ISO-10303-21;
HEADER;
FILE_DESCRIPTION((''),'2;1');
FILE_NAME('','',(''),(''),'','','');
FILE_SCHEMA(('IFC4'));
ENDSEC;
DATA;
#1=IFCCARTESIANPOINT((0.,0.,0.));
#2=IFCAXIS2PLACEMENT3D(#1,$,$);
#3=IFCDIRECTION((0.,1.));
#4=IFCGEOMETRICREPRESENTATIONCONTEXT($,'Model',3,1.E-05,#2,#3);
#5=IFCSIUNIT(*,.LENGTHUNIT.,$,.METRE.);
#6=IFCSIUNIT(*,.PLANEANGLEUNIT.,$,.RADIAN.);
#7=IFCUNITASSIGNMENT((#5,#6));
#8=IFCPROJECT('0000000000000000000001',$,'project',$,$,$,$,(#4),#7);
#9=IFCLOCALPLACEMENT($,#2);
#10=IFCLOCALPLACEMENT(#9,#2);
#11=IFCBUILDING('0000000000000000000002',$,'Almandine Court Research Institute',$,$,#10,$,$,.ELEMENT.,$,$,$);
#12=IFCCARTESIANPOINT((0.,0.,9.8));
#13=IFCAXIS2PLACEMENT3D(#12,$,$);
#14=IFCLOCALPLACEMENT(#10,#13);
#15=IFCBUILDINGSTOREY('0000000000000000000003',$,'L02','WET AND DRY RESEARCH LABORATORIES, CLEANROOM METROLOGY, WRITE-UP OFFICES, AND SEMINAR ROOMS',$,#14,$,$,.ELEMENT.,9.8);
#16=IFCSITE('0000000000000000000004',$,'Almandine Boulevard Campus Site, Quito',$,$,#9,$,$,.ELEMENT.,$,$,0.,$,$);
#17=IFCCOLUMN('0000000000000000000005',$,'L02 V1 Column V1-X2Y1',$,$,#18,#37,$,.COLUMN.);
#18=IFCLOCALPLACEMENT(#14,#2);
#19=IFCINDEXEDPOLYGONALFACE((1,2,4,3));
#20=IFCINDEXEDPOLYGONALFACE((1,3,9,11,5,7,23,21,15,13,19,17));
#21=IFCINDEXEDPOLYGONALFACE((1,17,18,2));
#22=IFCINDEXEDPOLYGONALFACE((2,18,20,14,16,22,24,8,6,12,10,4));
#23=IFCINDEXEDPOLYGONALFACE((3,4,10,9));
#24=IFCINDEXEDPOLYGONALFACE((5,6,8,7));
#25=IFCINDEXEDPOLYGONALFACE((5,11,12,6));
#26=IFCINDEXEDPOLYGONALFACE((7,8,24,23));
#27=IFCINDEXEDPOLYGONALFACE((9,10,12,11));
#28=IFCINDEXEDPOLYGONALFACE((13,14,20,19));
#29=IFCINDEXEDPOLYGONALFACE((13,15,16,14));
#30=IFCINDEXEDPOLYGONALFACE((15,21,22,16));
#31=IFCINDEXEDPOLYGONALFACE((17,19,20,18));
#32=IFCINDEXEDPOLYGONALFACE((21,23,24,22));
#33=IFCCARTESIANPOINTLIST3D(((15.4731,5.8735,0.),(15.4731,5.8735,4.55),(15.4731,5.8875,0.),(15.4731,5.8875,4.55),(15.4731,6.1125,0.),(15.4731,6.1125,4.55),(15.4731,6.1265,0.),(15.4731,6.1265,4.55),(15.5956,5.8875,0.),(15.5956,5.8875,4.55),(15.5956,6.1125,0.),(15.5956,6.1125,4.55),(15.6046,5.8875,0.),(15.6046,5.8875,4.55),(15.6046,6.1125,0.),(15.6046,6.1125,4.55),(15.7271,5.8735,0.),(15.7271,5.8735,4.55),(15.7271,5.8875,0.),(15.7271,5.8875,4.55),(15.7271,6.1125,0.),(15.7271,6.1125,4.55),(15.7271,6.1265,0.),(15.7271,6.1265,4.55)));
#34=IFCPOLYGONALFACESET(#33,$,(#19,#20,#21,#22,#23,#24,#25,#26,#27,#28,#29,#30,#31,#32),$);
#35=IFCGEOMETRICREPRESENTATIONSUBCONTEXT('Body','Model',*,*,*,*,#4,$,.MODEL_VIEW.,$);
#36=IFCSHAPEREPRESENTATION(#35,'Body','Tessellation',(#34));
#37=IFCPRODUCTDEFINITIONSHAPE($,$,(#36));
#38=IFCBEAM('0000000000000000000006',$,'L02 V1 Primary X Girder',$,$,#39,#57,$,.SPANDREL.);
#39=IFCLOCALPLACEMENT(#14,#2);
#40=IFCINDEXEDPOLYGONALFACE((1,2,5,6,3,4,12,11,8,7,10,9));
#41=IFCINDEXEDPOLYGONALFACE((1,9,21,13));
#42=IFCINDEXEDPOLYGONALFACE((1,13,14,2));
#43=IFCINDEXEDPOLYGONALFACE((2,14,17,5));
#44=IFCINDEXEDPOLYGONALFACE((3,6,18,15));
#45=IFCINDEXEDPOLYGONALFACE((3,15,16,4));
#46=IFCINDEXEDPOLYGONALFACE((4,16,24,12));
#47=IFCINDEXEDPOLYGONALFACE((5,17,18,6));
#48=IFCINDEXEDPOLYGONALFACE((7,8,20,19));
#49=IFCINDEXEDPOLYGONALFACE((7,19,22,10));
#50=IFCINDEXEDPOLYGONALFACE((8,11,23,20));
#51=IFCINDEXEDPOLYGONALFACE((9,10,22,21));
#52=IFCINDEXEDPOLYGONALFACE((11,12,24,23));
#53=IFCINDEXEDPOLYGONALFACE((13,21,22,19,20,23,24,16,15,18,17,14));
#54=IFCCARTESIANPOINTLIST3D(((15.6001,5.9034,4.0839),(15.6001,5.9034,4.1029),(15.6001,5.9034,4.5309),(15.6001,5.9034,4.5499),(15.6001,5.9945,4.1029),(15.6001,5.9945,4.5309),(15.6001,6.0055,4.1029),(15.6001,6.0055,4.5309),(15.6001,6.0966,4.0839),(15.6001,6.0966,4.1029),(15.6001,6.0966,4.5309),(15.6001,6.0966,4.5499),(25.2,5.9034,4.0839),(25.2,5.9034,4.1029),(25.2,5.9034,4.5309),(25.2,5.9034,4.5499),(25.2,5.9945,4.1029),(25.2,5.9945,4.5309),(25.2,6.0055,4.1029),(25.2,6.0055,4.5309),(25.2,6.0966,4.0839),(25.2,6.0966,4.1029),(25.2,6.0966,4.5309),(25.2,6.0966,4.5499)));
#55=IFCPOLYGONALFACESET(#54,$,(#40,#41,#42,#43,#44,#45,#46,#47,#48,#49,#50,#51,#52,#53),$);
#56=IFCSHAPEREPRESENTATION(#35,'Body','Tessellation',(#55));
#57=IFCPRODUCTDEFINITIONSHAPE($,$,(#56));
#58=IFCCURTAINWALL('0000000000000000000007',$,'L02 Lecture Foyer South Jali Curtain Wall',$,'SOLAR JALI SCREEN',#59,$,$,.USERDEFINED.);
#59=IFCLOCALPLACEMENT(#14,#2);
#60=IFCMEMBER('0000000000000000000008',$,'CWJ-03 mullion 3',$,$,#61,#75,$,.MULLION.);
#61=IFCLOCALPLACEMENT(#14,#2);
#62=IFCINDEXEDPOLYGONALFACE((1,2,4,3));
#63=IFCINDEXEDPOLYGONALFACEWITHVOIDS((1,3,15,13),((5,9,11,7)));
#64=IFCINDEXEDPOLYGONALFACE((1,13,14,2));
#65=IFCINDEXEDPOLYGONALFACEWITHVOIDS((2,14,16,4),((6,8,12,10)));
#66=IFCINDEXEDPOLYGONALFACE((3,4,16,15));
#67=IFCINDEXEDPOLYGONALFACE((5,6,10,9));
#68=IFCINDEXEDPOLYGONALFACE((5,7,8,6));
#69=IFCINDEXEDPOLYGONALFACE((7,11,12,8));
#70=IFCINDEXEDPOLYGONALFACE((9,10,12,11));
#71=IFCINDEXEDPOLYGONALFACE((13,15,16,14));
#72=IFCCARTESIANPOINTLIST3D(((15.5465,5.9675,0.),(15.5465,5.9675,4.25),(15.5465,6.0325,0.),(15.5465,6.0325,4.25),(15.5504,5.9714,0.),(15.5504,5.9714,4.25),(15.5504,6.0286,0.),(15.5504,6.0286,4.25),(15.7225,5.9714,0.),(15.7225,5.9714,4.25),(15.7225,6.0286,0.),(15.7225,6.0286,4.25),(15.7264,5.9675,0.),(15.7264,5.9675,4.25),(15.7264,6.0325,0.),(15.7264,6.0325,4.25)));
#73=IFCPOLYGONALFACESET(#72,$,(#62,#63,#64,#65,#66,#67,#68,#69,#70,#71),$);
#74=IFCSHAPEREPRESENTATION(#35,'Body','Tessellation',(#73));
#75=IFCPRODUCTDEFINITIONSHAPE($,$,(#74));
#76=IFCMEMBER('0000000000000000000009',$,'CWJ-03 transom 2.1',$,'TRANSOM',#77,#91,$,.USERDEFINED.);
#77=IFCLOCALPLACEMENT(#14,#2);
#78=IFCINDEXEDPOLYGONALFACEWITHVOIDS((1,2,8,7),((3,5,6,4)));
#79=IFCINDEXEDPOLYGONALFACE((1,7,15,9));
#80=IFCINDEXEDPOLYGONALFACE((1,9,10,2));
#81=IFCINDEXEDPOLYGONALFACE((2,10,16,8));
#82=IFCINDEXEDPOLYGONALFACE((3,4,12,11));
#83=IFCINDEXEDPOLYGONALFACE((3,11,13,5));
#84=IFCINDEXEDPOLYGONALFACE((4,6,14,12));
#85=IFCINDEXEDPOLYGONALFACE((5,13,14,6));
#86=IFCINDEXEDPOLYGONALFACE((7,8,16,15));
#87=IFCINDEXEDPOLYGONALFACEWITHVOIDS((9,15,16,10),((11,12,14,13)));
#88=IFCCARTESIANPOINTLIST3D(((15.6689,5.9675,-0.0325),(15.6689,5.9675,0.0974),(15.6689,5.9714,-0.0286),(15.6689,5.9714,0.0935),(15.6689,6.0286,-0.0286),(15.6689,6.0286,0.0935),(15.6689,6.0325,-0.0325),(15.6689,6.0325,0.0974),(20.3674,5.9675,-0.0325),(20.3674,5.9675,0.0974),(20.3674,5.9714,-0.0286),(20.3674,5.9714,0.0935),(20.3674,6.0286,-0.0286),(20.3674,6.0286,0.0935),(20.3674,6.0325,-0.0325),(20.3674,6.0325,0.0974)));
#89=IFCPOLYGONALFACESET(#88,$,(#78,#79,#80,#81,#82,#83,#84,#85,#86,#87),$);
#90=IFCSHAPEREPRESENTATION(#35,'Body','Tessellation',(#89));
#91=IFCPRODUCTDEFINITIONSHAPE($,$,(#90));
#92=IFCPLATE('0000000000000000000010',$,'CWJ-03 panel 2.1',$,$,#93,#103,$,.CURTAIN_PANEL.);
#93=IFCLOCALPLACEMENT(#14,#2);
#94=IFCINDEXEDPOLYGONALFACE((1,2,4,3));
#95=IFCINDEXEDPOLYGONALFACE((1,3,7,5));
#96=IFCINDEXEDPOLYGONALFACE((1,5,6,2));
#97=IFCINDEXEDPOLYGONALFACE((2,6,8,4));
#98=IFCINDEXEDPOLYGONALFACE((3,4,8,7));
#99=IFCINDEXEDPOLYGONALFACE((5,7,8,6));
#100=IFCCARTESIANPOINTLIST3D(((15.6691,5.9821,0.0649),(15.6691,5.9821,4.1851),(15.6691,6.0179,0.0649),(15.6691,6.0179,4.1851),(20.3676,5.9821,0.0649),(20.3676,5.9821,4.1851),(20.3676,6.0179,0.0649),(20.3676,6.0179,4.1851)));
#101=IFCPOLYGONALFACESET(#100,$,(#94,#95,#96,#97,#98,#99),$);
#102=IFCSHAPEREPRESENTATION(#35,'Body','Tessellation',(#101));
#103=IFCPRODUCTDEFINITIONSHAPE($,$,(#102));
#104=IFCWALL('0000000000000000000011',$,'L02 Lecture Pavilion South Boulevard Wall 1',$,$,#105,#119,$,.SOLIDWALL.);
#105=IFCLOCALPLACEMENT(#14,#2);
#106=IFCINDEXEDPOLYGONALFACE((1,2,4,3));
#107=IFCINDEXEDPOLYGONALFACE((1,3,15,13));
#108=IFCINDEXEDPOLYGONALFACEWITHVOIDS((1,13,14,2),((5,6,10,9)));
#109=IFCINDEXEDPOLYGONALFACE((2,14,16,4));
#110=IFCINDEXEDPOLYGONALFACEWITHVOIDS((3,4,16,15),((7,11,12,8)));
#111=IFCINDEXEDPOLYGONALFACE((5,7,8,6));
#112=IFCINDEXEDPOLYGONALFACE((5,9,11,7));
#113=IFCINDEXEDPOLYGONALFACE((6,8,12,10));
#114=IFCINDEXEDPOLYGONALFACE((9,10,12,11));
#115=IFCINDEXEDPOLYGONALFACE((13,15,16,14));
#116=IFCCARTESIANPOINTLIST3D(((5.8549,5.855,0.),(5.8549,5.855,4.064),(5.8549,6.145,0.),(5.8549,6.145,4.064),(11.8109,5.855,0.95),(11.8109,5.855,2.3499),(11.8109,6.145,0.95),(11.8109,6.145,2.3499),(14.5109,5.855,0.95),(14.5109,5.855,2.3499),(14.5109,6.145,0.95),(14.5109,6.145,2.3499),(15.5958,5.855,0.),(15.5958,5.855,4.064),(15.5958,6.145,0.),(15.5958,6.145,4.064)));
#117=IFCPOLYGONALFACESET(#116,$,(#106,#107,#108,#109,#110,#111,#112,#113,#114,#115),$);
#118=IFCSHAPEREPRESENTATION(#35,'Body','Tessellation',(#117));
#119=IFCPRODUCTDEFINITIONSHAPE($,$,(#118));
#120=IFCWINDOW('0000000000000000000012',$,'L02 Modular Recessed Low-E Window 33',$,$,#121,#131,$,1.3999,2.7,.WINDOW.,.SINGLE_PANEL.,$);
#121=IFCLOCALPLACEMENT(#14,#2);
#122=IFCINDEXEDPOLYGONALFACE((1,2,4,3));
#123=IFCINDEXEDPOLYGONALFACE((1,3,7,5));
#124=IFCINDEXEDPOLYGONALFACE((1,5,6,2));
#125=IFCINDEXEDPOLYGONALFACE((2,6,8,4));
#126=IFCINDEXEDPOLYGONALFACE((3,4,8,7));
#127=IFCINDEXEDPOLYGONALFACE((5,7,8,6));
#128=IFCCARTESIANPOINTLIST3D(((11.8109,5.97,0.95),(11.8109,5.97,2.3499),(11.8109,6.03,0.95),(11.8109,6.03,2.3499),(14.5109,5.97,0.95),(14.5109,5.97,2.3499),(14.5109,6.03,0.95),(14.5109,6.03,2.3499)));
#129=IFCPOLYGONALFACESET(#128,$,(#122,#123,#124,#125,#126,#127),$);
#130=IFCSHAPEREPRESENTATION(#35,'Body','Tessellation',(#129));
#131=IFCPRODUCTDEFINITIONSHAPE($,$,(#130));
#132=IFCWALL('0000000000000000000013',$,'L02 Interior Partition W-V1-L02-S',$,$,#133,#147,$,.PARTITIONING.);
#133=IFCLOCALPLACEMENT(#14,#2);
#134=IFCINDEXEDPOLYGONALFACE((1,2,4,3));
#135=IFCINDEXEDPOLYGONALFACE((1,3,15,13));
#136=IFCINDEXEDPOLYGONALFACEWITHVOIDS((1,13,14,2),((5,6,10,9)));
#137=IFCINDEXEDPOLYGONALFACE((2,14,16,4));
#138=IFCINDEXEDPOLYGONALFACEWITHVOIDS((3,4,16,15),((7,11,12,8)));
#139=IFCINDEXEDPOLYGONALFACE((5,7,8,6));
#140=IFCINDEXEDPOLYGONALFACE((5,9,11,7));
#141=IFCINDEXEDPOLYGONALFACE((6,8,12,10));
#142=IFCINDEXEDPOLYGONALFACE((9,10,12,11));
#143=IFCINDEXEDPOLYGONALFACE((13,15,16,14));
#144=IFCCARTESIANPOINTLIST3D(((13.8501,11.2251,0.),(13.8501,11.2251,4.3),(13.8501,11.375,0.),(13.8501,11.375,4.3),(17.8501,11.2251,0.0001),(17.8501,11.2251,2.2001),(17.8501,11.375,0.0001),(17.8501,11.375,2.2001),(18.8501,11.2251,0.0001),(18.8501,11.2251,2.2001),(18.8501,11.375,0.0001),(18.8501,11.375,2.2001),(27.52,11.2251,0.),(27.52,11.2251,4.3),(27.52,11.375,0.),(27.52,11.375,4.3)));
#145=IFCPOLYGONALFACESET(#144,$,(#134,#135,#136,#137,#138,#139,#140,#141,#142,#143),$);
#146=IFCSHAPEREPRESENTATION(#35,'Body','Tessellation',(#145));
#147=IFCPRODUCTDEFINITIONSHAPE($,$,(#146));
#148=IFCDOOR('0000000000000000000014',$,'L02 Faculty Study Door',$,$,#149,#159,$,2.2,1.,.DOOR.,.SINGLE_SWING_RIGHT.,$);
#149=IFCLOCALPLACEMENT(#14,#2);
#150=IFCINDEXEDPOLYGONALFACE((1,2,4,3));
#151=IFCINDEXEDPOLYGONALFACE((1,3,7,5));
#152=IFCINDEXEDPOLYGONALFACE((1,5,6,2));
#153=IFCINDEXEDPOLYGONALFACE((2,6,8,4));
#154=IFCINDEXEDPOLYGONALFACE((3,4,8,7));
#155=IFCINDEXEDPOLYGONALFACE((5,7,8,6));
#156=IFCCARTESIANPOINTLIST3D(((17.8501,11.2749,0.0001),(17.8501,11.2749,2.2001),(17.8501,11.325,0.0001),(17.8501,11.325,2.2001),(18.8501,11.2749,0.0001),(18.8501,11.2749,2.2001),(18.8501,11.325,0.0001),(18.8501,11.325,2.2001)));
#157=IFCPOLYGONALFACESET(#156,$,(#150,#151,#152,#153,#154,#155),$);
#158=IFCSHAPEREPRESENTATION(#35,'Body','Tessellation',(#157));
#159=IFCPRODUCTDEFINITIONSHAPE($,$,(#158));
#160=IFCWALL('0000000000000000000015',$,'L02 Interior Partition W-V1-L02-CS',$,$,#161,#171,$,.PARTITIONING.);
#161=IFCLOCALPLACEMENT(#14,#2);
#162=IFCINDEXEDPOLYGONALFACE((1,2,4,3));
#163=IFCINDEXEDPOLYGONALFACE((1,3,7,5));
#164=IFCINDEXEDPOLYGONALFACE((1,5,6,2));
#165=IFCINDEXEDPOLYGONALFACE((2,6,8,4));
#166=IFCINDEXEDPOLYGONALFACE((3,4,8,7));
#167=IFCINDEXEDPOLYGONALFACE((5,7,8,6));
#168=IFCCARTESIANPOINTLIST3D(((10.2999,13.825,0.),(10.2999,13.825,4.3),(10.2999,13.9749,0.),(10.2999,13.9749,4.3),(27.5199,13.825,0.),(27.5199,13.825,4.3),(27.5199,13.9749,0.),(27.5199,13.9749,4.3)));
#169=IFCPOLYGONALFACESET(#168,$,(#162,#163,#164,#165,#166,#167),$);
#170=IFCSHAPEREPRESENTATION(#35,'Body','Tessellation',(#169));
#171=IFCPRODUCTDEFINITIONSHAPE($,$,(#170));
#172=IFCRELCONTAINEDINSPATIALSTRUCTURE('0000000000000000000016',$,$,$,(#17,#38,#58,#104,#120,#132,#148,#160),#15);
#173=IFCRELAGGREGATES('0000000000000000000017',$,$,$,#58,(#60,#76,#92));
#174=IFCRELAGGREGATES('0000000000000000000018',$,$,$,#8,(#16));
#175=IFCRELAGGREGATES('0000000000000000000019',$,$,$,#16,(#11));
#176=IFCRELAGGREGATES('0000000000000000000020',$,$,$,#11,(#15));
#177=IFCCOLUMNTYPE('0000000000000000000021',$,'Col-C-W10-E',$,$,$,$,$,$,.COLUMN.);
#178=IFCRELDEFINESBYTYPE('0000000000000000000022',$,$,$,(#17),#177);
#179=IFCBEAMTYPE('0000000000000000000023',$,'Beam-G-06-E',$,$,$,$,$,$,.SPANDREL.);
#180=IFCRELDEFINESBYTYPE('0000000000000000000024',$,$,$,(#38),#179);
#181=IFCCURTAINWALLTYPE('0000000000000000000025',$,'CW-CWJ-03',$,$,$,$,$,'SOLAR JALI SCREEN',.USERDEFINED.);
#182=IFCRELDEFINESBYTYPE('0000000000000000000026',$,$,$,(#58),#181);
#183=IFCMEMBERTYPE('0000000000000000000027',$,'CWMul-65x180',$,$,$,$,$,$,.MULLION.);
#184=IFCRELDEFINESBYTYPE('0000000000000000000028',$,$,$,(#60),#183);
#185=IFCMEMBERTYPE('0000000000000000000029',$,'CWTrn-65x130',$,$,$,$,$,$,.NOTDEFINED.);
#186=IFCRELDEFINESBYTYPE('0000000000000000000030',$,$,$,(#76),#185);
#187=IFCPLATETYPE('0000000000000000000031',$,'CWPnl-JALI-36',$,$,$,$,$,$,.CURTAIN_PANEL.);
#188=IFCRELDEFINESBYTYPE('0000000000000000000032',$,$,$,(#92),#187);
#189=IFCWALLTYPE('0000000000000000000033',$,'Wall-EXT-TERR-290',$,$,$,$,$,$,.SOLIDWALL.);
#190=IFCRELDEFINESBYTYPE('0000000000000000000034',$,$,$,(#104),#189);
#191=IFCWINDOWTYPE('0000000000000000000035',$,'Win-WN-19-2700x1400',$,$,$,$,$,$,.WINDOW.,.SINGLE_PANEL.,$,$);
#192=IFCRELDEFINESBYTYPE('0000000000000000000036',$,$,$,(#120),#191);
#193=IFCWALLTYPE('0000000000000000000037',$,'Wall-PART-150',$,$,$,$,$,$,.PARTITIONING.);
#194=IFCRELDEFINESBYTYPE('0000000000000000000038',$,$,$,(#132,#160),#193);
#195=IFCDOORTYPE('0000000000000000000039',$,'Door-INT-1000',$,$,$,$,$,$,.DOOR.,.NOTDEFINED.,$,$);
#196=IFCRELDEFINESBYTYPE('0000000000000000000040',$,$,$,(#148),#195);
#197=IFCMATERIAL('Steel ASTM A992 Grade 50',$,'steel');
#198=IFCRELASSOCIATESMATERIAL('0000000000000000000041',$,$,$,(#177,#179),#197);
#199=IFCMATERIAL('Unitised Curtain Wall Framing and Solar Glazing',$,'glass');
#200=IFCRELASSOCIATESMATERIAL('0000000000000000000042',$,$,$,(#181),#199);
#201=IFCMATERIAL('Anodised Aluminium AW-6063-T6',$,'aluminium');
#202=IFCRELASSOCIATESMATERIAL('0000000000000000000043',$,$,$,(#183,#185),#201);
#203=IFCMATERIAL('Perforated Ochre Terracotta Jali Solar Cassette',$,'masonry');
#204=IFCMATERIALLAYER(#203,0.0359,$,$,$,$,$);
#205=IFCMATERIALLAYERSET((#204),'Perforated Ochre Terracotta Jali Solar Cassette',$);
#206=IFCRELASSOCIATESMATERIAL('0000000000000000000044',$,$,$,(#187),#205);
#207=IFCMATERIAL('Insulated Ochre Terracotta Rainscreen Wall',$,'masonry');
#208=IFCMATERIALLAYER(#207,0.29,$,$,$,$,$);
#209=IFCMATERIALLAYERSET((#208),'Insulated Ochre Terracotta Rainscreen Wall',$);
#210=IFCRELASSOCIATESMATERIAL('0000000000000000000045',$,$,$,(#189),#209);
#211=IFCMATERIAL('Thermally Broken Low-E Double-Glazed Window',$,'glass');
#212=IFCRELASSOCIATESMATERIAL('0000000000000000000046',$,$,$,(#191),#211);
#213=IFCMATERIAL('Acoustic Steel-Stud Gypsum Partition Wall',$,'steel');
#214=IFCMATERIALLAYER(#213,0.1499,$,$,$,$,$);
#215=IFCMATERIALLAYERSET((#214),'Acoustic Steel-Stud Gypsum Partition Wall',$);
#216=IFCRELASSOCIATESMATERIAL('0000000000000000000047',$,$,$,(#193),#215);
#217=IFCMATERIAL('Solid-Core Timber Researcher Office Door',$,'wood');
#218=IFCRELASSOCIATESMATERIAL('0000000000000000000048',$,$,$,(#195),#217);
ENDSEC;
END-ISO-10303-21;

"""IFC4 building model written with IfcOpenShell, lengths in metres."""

from ifc_helpers import new_model, si_unit, direction, frame, frame_2d, origin, origin_2d, place, context, subcontext, project, spatial, rectangle, hollow_rectangle, i_section, extrude, material, layer, layer_set, material_profile, profile_set, type_object, element, fill, aggregate, save


model = new_model("IFC4")

# Units and contexts
model_context = context("Model", 3, precision=1e-05, world=origin(), true_north=direction((0.0, 1.0)))
body_context = subcontext(model_context, "Body", "Model", "MODEL_VIEW")
ifc_project = project(units=[si_unit("LENGTHUNIT", "METRE"), si_unit("PLANEANGLEUNIT", "RADIAN")], contexts=[model_context])

# Site, building, storey
site_placement = place(None, origin())
site = spatial("IfcSite", under=ifc_project, at=site_placement, Name="Almandine Boulevard Campus Site, Quito", CompositionType="ELEMENT", RefElevation=0.0)
building_placement = place(site_placement, origin())
building = spatial("IfcBuilding", under=site, at=building_placement, Name="Almandine Court Research Institute", CompositionType="ELEMENT")
storey_placement = place(building_placement, frame((0.0, 0.0, 9.8)))
storey = spatial("IfcBuildingStorey", under=building, at=storey_placement, Name="L02", Description="WET AND DRY RESEARCH LABORATORIES, CLEANROOM METROLOGY, WRITE-UP OFFICES, AND SEMINAR ROOMS", CompositionType="ELEMENT", Elevation=9.8)

# Column
ifc_material_1 = material(Name="Steel ASTM A992 Grade 50", Category="steel")
ifc_material_profile_1 = material_profile(ifc_material_1, i_section(OverallWidth=0.2539, OverallDepth=0.2529, WebThickness=0.009, FlangeThickness=0.0139, at=origin_2d()), Name="W250x73")
ifc_profile_set_1 = profile_set([ifc_material_profile_1], Name="Steel ASTM A992 Grade 50")
column_type = type_object("IfcColumnType", Name="Col-C-W10-E", PredefinedType="COLUMN", material=ifc_profile_set_1)
column_placement = place(storey_placement, frame((15.6001, 6.0, 0.0), z_axis=(0.0, 0.0, 1.0), x_axis=(1.0, 0.0, 0.0)))
element("IfcColumn", 1, at=column_placement, inside=storey, type_object=column_type, Name="L02 V1 Column V1-X2Y1", PredefinedType="COLUMN", context=body_context, shape_type="SweptSolid", body=[
    extrude(i_section(OverallWidth=0.2539, OverallDepth=0.2529, WebThickness=0.009, FlangeThickness=0.0139, at=origin_2d()), origin(), (0.0, 0.0, 1.0), 4.55),
])

# Beam
ifc_material_profile_2 = material_profile(ifc_material_1, i_section(OverallWidth=0.1931, OverallDepth=0.4661, WebThickness=0.011, FlangeThickness=0.019, at=origin_2d()), Name="W460x97")
ifc_profile_set_2 = profile_set([ifc_material_profile_2], Name="Steel ASTM A992 Grade 50")
beam_type = type_object("IfcBeamType", Name="Beam-G-06-E", PredefinedType="SPANDREL", material=ifc_profile_set_2)
beam_placement = place(storey_placement, frame((15.6001, 6.0, 4.3169), z_axis=(1.0, 0.0, 0.0), x_axis=(0.0, 1.0, 0.0)))
element("IfcBeam", 2, at=beam_placement, inside=storey, type_object=beam_type, Name="L02 V1 Primary X Girder", PredefinedType="SPANDREL", context=body_context, shape_type="SweptSolid", body=[
    extrude(i_section(OverallWidth=0.1931, OverallDepth=0.4661, WebThickness=0.011, FlangeThickness=0.019, at=origin_2d()), origin(), (0.0, 0.0, 1.0), 9.5999),
])

# Curtain wall, members, plate
ifc_material_2 = material(Name="Unitised Curtain Wall Framing and Solar Glazing", Category="glass")
curtain_wall_type = type_object("IfcCurtainWallType", Name="CW-CWJ-03", ElementType="SOLAR JALI SCREEN", PredefinedType="USERDEFINED", material=ifc_material_2)
curtain_wall_placement = place(storey_placement, origin())
curtain_wall = element("IfcCurtainWall", 3, at=curtain_wall_placement, inside=storey, type_object=curtain_wall_type, Name="L02 Lecture Foyer South Jali Curtain Wall", ObjectType="SOLAR JALI SCREEN", PredefinedType="USERDEFINED")
ifc_material_3 = material(Name="Anodised Aluminium AW-6063-T6", Category="aluminium")
ifc_material_profile_3 = material_profile(ifc_material_3, hollow_rectangle(XDim=0.0649, YDim=0.1799, WallThickness=0.0039, at=origin_2d()), Name="ALU RHS 65x180x4")
ifc_profile_set_3 = profile_set([ifc_material_profile_3], Name="Anodised Aluminium AW-6063-T6")
member_type_1 = type_object("IfcMemberType", Name="CWMul-65x180", PredefinedType="MULLION", material=ifc_profile_set_3)
member_1_placement = place(storey_placement, frame((15.6365, 6.0, 0.0), z_axis=(0.0, 0.0, 1.0), x_axis=(0.0, -1.0, 0.0)))
member_1 = element("IfcMember", 4, at=member_1_placement, type_object=member_type_1, Name="CWJ-03 mullion 3", PredefinedType="MULLION", context=body_context, shape_type="SweptSolid", body=[
    extrude(hollow_rectangle(XDim=0.0649, YDim=0.1799, WallThickness=0.0039, at=origin_2d()), origin(), (0.0, 0.0, 1.0), 4.25),
])
ifc_material_profile_4 = material_profile(ifc_material_3, hollow_rectangle(XDim=0.0649, YDim=0.1299, WallThickness=0.0039, at=origin_2d()), Name="ALU RHS 65x130x4")
ifc_profile_set_4 = profile_set([ifc_material_profile_4], Name="Anodised Aluminium AW-6063-T6")
member_type_2 = type_object("IfcMemberType", Name="CWTrn-65x130", PredefinedType="NOTDEFINED", material=ifc_profile_set_4)
member_2_placement = place(storey_placement, frame((20.3674, 6.0, 0.0325), z_axis=(-1.0, 0.0, 0.0), x_axis=(0.0, -1.0, 0.0)))
member_2 = element("IfcMember", 5, at=member_2_placement, type_object=member_type_2, Name="CWJ-03 transom 2.1", ObjectType="TRANSOM", PredefinedType="USERDEFINED", context=body_context, shape_type="SweptSolid", body=[
    extrude(hollow_rectangle(XDim=0.0649, YDim=0.1299, WallThickness=0.0039, at=origin_2d()), origin(), (0.0, 0.0, 1.0), 4.6985),
])
ifc_material_4 = material(Name="Perforated Ochre Terracotta Jali Solar Cassette", Category="masonry")
ifc_layer_1 = layer(ifc_material_4, 0.0359)
ifc_layer_set_1 = layer_set([ifc_layer_1], Name="Perforated Ochre Terracotta Jali Solar Cassette")
plate_type = type_object("IfcPlateType", Name="CWPnl-JALI-36", PredefinedType="CURTAIN_PANEL", material=ifc_layer_set_1)
plate_placement = place(storey_placement, frame((18.0183, 6.0, 0.0649), z_axis=(0.0, 0.0, 1.0), x_axis=(-1.0, 0.0, 0.0)))
plate = element("IfcPlate", 6, at=plate_placement, type_object=plate_type, Name="CWJ-03 panel 2.1", PredefinedType="CURTAIN_PANEL", context=body_context, shape_type="SweptSolid", body=[
    extrude(rectangle(XDim=4.6985, YDim=0.0359, at=origin_2d()), origin(), (0.0, 0.0, 1.0), 4.1201),
])
aggregate(curtain_wall, [member_1, member_2, plate])

# Wall, opening, window
ifc_material_5 = material(Name="Insulated Ochre Terracotta Rainscreen Wall", Category="masonry")
ifc_layer_2 = layer(ifc_material_5, 0.29)
ifc_layer_set_2 = layer_set([ifc_layer_2], Name="Insulated Ochre Terracotta Rainscreen Wall")
wall_type_1 = type_object("IfcWallType", Name="Wall-EXT-TERR-290", PredefinedType="SOLIDWALL", material=ifc_layer_set_2)
wall_1_placement = place(storey_placement, frame((15.5959, 6.0, 0.0), z_axis=(0.0, 0.0, 1.0), x_axis=(-1.0, 0.0, 0.0)))
wall_1 = element("IfcWall", 7, at=wall_1_placement, inside=storey, type_object=wall_type_1, Name="L02 Lecture Pavilion South Boulevard Wall 1", PredefinedType="SOLIDWALL", context=body_context, shape_type="SweptSolid", body=[
    extrude(rectangle(XDim=9.741, YDim=0.29, at=frame_2d((4.8706, 0.0))), origin(), (0.0, 0.0, 1.0), 4.064),
])
opening_1_placement = place(wall_1_placement, frame((1.085, 0.0, 0.95)))
opening_1 = element("IfcOpeningElement", 8, at=opening_1_placement, cuts=wall_1, PredefinedType="OPENING", context=body_context, shape_type="SweptSolid", body=[
    extrude(rectangle(XDim=2.7, YDim=1.3999, at=frame_2d((1.3501, 0.7))), frame((0.0, 0.155, 0.0), z_axis=(0.0, -1.0, 0.0), x_axis=(1.0, 0.0, 0.0)), (0.0, 0.0, 1.0), 0.3101),
])
ifc_material_6 = material(Name="Thermally Broken Low-E Double-Glazed Window", Category="glass")
window_type = type_object("IfcWindowType", Name="Win-WN-19-2700x1400", PartitioningType="SINGLE_PANEL", PredefinedType="WINDOW", material=ifc_material_6)
window_placement = place(opening_1_placement, origin())
window = element("IfcWindow", 9, at=window_placement, inside=storey, type_object=window_type, Name="L02 Modular Recessed Low-E Window 33", OverallHeight=1.3999, OverallWidth=2.7, PartitioningType="SINGLE_PANEL", PredefinedType="WINDOW", context=body_context, shape_type="SweptSolid", body=[
    extrude(rectangle(XDim=2.7, YDim=1.3999, at=frame_2d((1.3501, 0.7))), frame((0.0, 0.03, 0.0), z_axis=(0.0, -1.0, 0.0), x_axis=(1.0, 0.0, 0.0)), (0.0, 0.0, 1.0), 0.0601),
])
fill(opening_1, window)

# Wall, opening, door
ifc_material_7 = material(Name="Acoustic Steel-Stud Gypsum Partition Wall", Category="steel")
ifc_layer_3 = layer(ifc_material_7, 0.1499)
ifc_layer_set_3 = layer_set([ifc_layer_3], Name="Acoustic Steel-Stud Gypsum Partition Wall")
wall_type_2 = type_object("IfcWallType", Name="Wall-PART-150", PredefinedType="PARTITIONING", material=ifc_layer_set_3)
wall_2_placement = place(storey_placement, frame((13.8501, 11.3, 0.0), z_axis=(0.0, 0.0, 1.0), x_axis=(1.0, 0.0, 0.0)))
wall_2 = element("IfcWall", 10, at=wall_2_placement, inside=storey, type_object=wall_type_2, Name="L02 Interior Partition W-V1-L02-S", PredefinedType="PARTITIONING", context=body_context, shape_type="SweptSolid", body=[
    extrude(rectangle(XDim=13.6699, YDim=0.1499, at=frame_2d((6.835, 0.0))), origin(), (0.0, 0.0, 1.0), 4.3),
])
opening_2_placement = place(wall_2_placement, frame((4.0, 0.0, 0.0)))
opening_2 = element("IfcOpeningElement", 11, at=opening_2_placement, cuts=wall_2, PredefinedType="OPENING", context=body_context, shape_type="SweptSolid", body=[
    extrude(rectangle(XDim=1.0, YDim=2.2, at=frame_2d((0.5, 1.1001))), frame((0.0, 0.085, 0.0), z_axis=(0.0, -1.0, 0.0), x_axis=(1.0, 0.0, 0.0)), (0.0, 0.0, 1.0), 0.1699),
])
ifc_material_8 = material(Name="Solid-Core Timber Researcher Office Door", Category="wood")
door_type_1 = type_object("IfcDoorType", Name="Door-INT-1000", OperationType="NOTDEFINED", PredefinedType="DOOR", material=ifc_material_8)
door_1_placement = place(opening_2_placement, origin())
door_1 = element("IfcDoor", 12, at=door_1_placement, inside=storey, type_object=door_type_1, Name="L02 Faculty Study Door", OperationType="SINGLE_SWING_RIGHT", OverallHeight=2.2, OverallWidth=1.0, PredefinedType="DOOR", context=body_context, shape_type="SweptSolid", body=[
    extrude(rectangle(XDim=1.0, YDim=2.2, at=frame_2d((0.5, 1.1001))), frame((0.0, 0.0249, 0.0), z_axis=(0.0, -1.0, 0.0), x_axis=(1.0, 0.0, 0.0)), (0.0, 0.0, 1.0), 0.05),
])
fill(opening_2, door_1)

# Wall
wall_3_placement = place(storey_placement, frame((10.3, 13.8999, 0.0), z_axis=(0.0, 0.0, 1.0), x_axis=(1.0, 0.0, 0.0)))
element("IfcWall", 13, at=wall_3_placement, inside=storey, type_object=wall_type_2, Name="L02 Interior Partition W-V1-L02-CS", PredefinedType="PARTITIONING", context=body_context, shape_type="SweptSolid", body=[
    extrude(rectangle(XDim=17.22, YDim=0.1499, at=frame_2d((8.6099, 0.0))), origin(), (0.0, 0.0, 1.0), 4.3),
])

save(model, "model.ifc")
